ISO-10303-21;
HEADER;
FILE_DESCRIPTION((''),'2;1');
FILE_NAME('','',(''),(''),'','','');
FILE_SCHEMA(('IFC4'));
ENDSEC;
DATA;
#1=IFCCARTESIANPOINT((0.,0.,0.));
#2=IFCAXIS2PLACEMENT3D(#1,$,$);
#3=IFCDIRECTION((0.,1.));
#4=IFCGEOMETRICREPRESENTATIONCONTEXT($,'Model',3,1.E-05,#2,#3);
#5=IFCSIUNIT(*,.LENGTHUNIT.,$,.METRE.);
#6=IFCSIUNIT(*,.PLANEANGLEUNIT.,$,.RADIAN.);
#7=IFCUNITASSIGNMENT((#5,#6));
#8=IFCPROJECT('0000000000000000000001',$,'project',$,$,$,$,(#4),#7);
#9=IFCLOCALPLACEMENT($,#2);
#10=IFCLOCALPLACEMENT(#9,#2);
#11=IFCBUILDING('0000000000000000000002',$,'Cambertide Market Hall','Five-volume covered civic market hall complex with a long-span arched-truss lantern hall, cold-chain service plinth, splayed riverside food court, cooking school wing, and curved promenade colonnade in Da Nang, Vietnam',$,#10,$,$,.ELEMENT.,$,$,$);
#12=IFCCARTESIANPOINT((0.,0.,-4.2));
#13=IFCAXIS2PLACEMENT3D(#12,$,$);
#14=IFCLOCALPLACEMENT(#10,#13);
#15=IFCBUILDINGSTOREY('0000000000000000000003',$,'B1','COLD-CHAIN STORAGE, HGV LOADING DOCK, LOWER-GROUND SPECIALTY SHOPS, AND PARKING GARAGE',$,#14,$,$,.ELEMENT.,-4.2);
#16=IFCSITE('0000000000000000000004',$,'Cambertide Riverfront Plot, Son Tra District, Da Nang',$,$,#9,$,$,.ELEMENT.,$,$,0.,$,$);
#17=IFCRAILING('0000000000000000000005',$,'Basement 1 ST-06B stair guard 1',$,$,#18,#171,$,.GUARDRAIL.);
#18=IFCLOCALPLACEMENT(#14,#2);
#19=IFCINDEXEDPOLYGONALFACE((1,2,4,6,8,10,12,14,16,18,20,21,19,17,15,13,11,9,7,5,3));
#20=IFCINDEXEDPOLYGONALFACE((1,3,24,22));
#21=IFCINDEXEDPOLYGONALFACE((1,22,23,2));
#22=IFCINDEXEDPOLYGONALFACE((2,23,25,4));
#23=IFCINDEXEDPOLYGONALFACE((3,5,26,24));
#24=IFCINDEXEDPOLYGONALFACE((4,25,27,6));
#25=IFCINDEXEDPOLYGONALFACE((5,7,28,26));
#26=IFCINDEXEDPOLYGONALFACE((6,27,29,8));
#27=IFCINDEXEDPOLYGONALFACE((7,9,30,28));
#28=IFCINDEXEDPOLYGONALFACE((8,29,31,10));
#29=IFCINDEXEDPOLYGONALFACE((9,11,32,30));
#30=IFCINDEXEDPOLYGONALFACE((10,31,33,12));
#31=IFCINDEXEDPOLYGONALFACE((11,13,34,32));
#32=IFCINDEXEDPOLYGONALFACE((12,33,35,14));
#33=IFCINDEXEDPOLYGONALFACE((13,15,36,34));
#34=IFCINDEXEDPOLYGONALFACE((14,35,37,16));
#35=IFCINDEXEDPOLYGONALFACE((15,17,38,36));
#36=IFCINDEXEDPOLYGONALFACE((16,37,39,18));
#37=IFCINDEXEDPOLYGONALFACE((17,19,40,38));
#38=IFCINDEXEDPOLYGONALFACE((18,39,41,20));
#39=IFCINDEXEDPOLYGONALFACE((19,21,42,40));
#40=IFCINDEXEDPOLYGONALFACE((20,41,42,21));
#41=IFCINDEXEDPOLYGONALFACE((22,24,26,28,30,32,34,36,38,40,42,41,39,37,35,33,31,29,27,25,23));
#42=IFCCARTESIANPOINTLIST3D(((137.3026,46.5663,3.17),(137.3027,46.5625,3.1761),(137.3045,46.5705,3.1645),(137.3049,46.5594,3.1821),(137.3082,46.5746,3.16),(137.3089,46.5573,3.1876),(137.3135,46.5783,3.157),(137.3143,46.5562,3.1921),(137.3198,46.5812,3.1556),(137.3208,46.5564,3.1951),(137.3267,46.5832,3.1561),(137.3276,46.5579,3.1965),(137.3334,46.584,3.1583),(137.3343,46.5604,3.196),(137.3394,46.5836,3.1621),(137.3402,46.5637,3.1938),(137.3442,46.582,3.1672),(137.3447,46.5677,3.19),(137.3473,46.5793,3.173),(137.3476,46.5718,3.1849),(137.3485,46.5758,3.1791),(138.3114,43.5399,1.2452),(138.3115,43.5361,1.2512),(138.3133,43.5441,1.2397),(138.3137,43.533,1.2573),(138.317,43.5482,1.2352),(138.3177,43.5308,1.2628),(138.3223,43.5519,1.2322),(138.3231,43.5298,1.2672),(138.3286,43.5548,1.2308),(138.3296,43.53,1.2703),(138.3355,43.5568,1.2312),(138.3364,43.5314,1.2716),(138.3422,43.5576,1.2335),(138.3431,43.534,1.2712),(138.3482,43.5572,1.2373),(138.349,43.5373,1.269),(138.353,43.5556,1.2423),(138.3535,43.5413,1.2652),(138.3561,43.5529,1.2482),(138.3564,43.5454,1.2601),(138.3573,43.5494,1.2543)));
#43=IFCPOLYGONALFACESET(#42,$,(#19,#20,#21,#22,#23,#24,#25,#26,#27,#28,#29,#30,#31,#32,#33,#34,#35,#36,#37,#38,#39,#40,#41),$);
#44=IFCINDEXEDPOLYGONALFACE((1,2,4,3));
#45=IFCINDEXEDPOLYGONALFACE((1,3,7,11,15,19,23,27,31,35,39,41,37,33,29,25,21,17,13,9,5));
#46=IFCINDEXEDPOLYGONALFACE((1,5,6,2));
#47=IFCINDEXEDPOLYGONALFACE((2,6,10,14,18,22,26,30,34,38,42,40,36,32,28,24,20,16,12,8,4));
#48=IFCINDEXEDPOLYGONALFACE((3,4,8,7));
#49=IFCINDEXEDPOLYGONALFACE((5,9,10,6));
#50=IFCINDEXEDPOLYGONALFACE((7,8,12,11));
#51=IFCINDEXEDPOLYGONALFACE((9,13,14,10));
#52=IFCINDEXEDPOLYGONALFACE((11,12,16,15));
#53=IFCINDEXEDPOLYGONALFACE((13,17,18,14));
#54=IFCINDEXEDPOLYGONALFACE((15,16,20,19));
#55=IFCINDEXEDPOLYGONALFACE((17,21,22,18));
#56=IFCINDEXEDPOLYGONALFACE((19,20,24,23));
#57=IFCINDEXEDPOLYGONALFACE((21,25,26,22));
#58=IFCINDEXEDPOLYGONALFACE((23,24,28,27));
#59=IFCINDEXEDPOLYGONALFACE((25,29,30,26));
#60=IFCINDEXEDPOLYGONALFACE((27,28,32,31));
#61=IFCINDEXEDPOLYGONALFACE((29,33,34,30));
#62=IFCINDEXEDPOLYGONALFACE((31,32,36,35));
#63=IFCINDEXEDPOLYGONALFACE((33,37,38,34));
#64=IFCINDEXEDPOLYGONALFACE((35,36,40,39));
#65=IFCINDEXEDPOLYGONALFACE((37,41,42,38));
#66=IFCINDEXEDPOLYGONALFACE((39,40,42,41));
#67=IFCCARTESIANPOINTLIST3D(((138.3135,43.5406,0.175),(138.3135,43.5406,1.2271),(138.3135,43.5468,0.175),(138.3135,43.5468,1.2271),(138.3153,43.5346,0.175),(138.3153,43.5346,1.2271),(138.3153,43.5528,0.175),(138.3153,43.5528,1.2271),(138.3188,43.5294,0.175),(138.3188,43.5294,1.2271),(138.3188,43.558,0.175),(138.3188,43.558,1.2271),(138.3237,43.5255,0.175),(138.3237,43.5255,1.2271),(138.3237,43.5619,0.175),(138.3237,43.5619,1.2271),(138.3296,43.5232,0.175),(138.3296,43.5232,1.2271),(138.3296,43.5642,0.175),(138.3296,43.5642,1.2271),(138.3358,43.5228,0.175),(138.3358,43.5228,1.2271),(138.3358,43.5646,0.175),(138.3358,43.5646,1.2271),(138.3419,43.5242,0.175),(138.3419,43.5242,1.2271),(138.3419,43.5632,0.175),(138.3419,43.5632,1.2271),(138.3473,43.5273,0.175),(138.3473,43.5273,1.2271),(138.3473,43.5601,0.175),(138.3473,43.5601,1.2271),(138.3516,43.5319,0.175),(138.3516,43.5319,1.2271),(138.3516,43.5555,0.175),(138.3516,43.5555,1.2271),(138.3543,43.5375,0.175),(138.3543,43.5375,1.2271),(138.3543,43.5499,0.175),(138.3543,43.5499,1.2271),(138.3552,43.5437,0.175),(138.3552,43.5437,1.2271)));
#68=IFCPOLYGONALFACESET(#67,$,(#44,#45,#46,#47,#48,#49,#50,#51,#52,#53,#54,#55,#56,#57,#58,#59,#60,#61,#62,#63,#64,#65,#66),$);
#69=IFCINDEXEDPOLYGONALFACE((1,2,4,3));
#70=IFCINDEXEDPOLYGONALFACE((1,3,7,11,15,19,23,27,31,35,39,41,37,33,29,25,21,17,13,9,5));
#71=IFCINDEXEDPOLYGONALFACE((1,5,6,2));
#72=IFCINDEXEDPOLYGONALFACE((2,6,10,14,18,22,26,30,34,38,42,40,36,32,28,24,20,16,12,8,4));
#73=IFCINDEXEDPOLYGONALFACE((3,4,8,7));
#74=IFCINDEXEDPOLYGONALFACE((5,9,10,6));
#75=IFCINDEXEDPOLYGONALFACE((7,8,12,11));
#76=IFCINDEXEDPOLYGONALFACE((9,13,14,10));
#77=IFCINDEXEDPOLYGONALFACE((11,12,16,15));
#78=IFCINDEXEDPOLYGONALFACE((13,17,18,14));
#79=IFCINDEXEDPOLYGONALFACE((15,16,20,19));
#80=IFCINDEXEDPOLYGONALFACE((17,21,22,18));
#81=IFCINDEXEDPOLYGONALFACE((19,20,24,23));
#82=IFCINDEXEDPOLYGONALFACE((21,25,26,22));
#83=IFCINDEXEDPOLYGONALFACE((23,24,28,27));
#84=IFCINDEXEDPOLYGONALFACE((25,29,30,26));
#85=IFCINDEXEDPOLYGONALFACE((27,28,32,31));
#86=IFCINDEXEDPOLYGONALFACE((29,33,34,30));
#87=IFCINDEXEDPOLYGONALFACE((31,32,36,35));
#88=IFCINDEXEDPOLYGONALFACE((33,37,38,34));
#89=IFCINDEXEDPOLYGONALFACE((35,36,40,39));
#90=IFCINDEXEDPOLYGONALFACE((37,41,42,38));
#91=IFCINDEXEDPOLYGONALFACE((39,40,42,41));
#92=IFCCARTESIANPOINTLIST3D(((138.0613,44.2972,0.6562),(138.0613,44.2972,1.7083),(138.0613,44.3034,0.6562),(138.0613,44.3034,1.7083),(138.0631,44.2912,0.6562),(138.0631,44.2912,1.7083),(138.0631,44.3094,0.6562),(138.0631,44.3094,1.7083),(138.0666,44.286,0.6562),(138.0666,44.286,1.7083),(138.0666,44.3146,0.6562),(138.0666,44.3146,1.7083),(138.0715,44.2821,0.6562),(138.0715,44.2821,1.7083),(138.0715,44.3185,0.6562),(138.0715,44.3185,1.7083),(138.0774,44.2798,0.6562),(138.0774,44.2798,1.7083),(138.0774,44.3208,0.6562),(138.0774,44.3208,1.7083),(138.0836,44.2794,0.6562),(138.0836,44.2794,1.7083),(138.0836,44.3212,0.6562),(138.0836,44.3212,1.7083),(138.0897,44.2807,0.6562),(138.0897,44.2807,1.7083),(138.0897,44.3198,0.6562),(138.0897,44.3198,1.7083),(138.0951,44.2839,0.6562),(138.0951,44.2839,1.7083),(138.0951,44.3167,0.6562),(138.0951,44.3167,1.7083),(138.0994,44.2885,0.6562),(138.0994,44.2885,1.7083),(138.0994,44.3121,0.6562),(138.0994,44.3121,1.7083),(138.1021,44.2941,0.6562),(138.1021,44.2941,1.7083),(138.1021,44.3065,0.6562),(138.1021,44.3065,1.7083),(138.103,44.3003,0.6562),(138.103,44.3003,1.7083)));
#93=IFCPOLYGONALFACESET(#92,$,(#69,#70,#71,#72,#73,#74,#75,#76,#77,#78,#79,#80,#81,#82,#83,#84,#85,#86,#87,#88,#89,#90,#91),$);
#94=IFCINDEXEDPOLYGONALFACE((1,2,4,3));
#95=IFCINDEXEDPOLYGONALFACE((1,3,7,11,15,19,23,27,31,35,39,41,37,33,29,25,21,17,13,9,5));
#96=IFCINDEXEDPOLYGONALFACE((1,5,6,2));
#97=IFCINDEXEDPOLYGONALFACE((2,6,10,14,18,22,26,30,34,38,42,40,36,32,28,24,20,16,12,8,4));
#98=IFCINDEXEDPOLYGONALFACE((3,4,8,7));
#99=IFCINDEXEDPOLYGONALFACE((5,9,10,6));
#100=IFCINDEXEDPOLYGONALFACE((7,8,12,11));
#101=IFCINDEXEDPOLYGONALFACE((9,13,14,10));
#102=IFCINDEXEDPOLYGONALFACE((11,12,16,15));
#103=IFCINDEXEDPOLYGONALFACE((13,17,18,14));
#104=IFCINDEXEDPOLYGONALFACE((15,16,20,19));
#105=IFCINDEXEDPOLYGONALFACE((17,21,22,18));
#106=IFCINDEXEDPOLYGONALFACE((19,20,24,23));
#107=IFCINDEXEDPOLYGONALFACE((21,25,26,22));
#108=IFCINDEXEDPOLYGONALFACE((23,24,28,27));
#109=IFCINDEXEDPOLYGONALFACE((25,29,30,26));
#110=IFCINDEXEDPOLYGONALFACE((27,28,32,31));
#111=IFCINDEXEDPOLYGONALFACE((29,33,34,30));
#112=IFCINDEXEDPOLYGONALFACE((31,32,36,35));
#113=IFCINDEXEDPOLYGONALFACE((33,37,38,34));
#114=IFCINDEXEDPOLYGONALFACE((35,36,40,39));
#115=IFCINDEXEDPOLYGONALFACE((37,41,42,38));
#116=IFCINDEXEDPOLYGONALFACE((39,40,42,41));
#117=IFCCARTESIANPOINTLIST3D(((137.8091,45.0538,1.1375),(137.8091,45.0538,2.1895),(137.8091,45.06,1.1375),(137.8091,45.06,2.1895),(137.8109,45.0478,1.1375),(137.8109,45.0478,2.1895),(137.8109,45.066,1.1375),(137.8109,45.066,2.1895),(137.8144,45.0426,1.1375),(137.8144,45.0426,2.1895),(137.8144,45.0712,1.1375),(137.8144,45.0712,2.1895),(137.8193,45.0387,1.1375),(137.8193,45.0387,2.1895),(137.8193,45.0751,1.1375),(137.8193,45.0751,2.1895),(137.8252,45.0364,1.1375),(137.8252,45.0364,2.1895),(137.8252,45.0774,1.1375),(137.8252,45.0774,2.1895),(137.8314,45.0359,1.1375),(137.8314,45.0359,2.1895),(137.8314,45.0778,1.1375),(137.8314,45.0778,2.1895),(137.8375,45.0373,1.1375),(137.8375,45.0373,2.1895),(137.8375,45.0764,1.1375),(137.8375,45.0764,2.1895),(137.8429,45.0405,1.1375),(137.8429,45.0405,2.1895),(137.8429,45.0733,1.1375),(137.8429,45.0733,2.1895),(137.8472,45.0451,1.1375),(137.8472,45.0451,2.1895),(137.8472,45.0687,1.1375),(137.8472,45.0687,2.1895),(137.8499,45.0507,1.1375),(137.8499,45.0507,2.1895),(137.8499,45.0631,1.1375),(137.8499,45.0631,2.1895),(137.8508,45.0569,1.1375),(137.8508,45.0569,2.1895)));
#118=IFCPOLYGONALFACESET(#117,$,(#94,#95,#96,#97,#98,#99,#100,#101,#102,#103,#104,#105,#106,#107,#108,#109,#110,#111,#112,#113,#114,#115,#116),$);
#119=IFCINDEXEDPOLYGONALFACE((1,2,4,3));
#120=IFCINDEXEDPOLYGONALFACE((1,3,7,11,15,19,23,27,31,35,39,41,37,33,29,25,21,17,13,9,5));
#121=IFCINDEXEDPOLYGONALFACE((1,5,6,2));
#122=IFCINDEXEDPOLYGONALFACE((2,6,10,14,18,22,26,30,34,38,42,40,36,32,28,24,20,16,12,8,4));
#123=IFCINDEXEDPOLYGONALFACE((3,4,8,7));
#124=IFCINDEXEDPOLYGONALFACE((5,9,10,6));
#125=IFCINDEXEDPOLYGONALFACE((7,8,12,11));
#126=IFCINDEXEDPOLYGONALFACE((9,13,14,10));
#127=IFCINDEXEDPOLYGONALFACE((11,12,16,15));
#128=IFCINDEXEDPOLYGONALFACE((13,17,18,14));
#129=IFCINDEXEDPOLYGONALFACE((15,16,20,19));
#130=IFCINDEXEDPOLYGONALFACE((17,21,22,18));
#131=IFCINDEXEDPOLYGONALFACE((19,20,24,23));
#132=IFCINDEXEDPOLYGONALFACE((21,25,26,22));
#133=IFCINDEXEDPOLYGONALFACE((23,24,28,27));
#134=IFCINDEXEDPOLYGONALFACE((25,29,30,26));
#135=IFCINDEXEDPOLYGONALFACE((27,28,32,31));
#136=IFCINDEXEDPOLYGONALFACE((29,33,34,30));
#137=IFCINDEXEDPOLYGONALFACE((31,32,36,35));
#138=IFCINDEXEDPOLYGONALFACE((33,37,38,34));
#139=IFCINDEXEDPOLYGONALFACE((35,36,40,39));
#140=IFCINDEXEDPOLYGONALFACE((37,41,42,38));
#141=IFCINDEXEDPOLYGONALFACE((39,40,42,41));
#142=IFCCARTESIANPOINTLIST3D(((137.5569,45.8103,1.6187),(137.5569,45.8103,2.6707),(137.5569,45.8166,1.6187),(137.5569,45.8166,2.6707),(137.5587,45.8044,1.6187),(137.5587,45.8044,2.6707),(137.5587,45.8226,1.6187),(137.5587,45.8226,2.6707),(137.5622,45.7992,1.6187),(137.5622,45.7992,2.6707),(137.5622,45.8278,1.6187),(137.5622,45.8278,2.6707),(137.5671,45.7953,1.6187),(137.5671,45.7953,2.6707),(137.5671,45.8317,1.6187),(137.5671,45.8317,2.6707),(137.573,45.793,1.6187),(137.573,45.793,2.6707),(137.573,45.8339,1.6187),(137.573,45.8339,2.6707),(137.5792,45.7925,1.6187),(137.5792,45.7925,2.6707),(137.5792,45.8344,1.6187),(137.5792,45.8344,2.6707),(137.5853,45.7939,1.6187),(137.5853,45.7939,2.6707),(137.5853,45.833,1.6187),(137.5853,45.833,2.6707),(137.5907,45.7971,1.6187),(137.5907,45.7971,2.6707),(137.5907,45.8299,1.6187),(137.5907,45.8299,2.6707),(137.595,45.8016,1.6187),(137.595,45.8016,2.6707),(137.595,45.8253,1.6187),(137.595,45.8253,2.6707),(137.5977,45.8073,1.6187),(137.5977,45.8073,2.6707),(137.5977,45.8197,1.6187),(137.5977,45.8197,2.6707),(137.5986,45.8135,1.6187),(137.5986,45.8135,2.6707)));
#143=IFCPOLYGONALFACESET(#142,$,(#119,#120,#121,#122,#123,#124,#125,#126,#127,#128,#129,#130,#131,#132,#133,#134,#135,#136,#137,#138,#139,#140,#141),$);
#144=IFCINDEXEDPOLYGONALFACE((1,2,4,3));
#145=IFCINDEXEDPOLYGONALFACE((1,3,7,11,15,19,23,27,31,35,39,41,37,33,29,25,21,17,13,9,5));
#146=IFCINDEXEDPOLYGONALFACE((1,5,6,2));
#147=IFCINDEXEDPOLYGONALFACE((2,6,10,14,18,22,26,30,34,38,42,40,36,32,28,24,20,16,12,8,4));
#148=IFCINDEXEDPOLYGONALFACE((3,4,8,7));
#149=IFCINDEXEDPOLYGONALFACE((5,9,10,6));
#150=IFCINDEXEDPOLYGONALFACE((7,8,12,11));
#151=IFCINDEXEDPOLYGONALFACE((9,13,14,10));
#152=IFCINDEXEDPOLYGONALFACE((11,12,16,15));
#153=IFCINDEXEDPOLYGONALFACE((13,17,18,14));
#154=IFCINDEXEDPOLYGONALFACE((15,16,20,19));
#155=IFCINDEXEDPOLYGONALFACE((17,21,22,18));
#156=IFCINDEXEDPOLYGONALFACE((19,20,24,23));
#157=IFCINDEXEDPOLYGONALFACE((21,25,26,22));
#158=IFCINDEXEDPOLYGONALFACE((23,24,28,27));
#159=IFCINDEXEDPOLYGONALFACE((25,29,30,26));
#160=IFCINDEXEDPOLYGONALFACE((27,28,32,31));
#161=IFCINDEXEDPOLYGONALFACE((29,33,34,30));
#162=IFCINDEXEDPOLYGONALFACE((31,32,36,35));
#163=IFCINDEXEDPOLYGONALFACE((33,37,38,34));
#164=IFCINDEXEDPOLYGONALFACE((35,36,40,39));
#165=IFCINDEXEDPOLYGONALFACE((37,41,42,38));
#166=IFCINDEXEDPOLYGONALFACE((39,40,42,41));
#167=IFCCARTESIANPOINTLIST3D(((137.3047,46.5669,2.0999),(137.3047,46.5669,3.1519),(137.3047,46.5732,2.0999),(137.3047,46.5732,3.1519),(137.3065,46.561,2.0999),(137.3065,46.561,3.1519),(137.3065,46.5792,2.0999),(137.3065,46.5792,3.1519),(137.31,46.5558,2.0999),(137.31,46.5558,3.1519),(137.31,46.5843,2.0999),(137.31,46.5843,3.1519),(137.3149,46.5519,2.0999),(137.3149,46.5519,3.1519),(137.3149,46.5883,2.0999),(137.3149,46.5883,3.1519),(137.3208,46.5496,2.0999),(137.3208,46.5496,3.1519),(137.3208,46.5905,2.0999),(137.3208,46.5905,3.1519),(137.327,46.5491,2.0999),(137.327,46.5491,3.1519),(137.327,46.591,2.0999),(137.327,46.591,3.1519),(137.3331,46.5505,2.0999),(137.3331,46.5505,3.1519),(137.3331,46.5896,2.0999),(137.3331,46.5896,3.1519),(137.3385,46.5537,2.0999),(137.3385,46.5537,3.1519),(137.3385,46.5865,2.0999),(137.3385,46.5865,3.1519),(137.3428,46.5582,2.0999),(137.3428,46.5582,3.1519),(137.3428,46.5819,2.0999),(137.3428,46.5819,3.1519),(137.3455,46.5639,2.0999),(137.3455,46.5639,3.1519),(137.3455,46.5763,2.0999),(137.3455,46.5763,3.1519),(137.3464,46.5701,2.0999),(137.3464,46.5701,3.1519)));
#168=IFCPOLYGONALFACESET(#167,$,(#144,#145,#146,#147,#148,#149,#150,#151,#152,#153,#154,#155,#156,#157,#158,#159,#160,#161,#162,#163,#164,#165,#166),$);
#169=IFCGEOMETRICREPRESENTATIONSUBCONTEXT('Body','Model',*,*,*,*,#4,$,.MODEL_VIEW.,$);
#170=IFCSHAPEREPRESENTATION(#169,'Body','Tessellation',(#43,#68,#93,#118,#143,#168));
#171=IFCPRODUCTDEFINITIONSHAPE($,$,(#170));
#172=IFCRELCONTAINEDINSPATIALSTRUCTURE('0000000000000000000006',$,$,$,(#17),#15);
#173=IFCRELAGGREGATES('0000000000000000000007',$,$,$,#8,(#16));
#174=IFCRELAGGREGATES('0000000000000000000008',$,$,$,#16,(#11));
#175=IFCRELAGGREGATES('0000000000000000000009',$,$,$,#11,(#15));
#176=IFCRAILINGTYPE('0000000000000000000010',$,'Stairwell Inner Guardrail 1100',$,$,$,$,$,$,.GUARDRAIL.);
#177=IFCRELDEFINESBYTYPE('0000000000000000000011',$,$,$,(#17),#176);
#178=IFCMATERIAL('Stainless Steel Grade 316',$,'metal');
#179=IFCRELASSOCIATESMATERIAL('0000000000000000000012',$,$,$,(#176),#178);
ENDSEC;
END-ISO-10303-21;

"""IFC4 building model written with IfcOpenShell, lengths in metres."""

from ifc_helpers import new_model, si_unit, direction, frame, origin, origin_2d, place, context, subcontext, project, spatial, circle, extrude, material, type_object, element, save


model = new_model("IFC4")

# Units and contexts
model_context = context("Model", 3, precision=1e-05, world=origin(), true_north=direction((0.0, 1.0)))
body_context = subcontext(model_context, "Body", "Model", "MODEL_VIEW")
ifc_project = project(units=[si_unit("LENGTHUNIT", "METRE"), si_unit("PLANEANGLEUNIT", "RADIAN")], contexts=[model_context])

# Site, building, storey
site_placement = place(None, origin())
site = spatial("IfcSite", under=ifc_project, at=site_placement, Name="Cambertide Riverfront Plot, Son Tra District, Da Nang", CompositionType="ELEMENT", RefElevation=0.0)
building_placement = place(site_placement, origin())
building = spatial("IfcBuilding", under=site, at=building_placement, Name="Cambertide Market Hall", Description="Five-volume covered civic market hall complex with a long-span arched-truss lantern hall, cold-chain service plinth, splayed riverside food court, cooking school wing, and curved promenade colonnade in Da Nang, Vietnam", CompositionType="ELEMENT")
storey_placement = place(building_placement, frame((0.0, 0.0, -4.2)))
storey = spatial("IfcBuildingStorey", under=building, at=storey_placement, Name="B1", Description="COLD-CHAIN STORAGE, HGV LOADING DOCK, LOWER-GROUND SPECIALTY SHOPS, AND PARKING GARAGE", CompositionType="ELEMENT", Elevation=-4.2)

# Railing
ifc_material_1 = material(Name="Stainless Steel Grade 316", Category="metal")
railing_type_1 = type_object("IfcRailingType", Name="Stairwell Inner Guardrail 1100", PredefinedType="GUARDRAIL", material=ifc_material_1)
railing_1_placement = place(storey_placement, frame((138.3342, 43.5437, 0.175)))
element("IfcRailing", 1, at=railing_1_placement, inside=storey, type_object=railing_type_1, Name="Basement 1 ST-06B stair guard 1", PredefinedType="GUARDRAIL", context=body_context, shape_type="SweptSolid", body=[
    extrude(circle(Radius=0.0239, at=origin_2d()), frame((0.0, 0.0, 1.0762), z_axis=(-0.270759, 0.812278, 0.516618), x_axis=(-0.948683, -0.316228, 0.0)), (0.0, 0.0, 1.0), 3.7258),
    extrude(circle(Radius=0.021, at=origin_2d()), origin(), (0.0, 0.0, 1.0), 1.052),
    extrude(circle(Radius=0.021, at=origin_2d()), frame((-0.2522, 0.7566, 0.4812)), (0.0, 0.0, 1.0), 1.052),
    extrude(circle(Radius=0.021, at=origin_2d()), frame((-0.5044, 1.5132, 0.9624)), (0.0, 0.0, 1.0), 1.052),
    extrude(circle(Radius=0.021, at=origin_2d()), frame((-0.7566, 2.2698, 1.4436)), (0.0, 0.0, 1.0), 1.052),
    extrude(circle(Radius=0.021, at=origin_2d()), frame((-1.0088, 3.0264, 1.9248)), (0.0, 0.0, 1.0), 1.052),
])

save(model, "model.ifc")
